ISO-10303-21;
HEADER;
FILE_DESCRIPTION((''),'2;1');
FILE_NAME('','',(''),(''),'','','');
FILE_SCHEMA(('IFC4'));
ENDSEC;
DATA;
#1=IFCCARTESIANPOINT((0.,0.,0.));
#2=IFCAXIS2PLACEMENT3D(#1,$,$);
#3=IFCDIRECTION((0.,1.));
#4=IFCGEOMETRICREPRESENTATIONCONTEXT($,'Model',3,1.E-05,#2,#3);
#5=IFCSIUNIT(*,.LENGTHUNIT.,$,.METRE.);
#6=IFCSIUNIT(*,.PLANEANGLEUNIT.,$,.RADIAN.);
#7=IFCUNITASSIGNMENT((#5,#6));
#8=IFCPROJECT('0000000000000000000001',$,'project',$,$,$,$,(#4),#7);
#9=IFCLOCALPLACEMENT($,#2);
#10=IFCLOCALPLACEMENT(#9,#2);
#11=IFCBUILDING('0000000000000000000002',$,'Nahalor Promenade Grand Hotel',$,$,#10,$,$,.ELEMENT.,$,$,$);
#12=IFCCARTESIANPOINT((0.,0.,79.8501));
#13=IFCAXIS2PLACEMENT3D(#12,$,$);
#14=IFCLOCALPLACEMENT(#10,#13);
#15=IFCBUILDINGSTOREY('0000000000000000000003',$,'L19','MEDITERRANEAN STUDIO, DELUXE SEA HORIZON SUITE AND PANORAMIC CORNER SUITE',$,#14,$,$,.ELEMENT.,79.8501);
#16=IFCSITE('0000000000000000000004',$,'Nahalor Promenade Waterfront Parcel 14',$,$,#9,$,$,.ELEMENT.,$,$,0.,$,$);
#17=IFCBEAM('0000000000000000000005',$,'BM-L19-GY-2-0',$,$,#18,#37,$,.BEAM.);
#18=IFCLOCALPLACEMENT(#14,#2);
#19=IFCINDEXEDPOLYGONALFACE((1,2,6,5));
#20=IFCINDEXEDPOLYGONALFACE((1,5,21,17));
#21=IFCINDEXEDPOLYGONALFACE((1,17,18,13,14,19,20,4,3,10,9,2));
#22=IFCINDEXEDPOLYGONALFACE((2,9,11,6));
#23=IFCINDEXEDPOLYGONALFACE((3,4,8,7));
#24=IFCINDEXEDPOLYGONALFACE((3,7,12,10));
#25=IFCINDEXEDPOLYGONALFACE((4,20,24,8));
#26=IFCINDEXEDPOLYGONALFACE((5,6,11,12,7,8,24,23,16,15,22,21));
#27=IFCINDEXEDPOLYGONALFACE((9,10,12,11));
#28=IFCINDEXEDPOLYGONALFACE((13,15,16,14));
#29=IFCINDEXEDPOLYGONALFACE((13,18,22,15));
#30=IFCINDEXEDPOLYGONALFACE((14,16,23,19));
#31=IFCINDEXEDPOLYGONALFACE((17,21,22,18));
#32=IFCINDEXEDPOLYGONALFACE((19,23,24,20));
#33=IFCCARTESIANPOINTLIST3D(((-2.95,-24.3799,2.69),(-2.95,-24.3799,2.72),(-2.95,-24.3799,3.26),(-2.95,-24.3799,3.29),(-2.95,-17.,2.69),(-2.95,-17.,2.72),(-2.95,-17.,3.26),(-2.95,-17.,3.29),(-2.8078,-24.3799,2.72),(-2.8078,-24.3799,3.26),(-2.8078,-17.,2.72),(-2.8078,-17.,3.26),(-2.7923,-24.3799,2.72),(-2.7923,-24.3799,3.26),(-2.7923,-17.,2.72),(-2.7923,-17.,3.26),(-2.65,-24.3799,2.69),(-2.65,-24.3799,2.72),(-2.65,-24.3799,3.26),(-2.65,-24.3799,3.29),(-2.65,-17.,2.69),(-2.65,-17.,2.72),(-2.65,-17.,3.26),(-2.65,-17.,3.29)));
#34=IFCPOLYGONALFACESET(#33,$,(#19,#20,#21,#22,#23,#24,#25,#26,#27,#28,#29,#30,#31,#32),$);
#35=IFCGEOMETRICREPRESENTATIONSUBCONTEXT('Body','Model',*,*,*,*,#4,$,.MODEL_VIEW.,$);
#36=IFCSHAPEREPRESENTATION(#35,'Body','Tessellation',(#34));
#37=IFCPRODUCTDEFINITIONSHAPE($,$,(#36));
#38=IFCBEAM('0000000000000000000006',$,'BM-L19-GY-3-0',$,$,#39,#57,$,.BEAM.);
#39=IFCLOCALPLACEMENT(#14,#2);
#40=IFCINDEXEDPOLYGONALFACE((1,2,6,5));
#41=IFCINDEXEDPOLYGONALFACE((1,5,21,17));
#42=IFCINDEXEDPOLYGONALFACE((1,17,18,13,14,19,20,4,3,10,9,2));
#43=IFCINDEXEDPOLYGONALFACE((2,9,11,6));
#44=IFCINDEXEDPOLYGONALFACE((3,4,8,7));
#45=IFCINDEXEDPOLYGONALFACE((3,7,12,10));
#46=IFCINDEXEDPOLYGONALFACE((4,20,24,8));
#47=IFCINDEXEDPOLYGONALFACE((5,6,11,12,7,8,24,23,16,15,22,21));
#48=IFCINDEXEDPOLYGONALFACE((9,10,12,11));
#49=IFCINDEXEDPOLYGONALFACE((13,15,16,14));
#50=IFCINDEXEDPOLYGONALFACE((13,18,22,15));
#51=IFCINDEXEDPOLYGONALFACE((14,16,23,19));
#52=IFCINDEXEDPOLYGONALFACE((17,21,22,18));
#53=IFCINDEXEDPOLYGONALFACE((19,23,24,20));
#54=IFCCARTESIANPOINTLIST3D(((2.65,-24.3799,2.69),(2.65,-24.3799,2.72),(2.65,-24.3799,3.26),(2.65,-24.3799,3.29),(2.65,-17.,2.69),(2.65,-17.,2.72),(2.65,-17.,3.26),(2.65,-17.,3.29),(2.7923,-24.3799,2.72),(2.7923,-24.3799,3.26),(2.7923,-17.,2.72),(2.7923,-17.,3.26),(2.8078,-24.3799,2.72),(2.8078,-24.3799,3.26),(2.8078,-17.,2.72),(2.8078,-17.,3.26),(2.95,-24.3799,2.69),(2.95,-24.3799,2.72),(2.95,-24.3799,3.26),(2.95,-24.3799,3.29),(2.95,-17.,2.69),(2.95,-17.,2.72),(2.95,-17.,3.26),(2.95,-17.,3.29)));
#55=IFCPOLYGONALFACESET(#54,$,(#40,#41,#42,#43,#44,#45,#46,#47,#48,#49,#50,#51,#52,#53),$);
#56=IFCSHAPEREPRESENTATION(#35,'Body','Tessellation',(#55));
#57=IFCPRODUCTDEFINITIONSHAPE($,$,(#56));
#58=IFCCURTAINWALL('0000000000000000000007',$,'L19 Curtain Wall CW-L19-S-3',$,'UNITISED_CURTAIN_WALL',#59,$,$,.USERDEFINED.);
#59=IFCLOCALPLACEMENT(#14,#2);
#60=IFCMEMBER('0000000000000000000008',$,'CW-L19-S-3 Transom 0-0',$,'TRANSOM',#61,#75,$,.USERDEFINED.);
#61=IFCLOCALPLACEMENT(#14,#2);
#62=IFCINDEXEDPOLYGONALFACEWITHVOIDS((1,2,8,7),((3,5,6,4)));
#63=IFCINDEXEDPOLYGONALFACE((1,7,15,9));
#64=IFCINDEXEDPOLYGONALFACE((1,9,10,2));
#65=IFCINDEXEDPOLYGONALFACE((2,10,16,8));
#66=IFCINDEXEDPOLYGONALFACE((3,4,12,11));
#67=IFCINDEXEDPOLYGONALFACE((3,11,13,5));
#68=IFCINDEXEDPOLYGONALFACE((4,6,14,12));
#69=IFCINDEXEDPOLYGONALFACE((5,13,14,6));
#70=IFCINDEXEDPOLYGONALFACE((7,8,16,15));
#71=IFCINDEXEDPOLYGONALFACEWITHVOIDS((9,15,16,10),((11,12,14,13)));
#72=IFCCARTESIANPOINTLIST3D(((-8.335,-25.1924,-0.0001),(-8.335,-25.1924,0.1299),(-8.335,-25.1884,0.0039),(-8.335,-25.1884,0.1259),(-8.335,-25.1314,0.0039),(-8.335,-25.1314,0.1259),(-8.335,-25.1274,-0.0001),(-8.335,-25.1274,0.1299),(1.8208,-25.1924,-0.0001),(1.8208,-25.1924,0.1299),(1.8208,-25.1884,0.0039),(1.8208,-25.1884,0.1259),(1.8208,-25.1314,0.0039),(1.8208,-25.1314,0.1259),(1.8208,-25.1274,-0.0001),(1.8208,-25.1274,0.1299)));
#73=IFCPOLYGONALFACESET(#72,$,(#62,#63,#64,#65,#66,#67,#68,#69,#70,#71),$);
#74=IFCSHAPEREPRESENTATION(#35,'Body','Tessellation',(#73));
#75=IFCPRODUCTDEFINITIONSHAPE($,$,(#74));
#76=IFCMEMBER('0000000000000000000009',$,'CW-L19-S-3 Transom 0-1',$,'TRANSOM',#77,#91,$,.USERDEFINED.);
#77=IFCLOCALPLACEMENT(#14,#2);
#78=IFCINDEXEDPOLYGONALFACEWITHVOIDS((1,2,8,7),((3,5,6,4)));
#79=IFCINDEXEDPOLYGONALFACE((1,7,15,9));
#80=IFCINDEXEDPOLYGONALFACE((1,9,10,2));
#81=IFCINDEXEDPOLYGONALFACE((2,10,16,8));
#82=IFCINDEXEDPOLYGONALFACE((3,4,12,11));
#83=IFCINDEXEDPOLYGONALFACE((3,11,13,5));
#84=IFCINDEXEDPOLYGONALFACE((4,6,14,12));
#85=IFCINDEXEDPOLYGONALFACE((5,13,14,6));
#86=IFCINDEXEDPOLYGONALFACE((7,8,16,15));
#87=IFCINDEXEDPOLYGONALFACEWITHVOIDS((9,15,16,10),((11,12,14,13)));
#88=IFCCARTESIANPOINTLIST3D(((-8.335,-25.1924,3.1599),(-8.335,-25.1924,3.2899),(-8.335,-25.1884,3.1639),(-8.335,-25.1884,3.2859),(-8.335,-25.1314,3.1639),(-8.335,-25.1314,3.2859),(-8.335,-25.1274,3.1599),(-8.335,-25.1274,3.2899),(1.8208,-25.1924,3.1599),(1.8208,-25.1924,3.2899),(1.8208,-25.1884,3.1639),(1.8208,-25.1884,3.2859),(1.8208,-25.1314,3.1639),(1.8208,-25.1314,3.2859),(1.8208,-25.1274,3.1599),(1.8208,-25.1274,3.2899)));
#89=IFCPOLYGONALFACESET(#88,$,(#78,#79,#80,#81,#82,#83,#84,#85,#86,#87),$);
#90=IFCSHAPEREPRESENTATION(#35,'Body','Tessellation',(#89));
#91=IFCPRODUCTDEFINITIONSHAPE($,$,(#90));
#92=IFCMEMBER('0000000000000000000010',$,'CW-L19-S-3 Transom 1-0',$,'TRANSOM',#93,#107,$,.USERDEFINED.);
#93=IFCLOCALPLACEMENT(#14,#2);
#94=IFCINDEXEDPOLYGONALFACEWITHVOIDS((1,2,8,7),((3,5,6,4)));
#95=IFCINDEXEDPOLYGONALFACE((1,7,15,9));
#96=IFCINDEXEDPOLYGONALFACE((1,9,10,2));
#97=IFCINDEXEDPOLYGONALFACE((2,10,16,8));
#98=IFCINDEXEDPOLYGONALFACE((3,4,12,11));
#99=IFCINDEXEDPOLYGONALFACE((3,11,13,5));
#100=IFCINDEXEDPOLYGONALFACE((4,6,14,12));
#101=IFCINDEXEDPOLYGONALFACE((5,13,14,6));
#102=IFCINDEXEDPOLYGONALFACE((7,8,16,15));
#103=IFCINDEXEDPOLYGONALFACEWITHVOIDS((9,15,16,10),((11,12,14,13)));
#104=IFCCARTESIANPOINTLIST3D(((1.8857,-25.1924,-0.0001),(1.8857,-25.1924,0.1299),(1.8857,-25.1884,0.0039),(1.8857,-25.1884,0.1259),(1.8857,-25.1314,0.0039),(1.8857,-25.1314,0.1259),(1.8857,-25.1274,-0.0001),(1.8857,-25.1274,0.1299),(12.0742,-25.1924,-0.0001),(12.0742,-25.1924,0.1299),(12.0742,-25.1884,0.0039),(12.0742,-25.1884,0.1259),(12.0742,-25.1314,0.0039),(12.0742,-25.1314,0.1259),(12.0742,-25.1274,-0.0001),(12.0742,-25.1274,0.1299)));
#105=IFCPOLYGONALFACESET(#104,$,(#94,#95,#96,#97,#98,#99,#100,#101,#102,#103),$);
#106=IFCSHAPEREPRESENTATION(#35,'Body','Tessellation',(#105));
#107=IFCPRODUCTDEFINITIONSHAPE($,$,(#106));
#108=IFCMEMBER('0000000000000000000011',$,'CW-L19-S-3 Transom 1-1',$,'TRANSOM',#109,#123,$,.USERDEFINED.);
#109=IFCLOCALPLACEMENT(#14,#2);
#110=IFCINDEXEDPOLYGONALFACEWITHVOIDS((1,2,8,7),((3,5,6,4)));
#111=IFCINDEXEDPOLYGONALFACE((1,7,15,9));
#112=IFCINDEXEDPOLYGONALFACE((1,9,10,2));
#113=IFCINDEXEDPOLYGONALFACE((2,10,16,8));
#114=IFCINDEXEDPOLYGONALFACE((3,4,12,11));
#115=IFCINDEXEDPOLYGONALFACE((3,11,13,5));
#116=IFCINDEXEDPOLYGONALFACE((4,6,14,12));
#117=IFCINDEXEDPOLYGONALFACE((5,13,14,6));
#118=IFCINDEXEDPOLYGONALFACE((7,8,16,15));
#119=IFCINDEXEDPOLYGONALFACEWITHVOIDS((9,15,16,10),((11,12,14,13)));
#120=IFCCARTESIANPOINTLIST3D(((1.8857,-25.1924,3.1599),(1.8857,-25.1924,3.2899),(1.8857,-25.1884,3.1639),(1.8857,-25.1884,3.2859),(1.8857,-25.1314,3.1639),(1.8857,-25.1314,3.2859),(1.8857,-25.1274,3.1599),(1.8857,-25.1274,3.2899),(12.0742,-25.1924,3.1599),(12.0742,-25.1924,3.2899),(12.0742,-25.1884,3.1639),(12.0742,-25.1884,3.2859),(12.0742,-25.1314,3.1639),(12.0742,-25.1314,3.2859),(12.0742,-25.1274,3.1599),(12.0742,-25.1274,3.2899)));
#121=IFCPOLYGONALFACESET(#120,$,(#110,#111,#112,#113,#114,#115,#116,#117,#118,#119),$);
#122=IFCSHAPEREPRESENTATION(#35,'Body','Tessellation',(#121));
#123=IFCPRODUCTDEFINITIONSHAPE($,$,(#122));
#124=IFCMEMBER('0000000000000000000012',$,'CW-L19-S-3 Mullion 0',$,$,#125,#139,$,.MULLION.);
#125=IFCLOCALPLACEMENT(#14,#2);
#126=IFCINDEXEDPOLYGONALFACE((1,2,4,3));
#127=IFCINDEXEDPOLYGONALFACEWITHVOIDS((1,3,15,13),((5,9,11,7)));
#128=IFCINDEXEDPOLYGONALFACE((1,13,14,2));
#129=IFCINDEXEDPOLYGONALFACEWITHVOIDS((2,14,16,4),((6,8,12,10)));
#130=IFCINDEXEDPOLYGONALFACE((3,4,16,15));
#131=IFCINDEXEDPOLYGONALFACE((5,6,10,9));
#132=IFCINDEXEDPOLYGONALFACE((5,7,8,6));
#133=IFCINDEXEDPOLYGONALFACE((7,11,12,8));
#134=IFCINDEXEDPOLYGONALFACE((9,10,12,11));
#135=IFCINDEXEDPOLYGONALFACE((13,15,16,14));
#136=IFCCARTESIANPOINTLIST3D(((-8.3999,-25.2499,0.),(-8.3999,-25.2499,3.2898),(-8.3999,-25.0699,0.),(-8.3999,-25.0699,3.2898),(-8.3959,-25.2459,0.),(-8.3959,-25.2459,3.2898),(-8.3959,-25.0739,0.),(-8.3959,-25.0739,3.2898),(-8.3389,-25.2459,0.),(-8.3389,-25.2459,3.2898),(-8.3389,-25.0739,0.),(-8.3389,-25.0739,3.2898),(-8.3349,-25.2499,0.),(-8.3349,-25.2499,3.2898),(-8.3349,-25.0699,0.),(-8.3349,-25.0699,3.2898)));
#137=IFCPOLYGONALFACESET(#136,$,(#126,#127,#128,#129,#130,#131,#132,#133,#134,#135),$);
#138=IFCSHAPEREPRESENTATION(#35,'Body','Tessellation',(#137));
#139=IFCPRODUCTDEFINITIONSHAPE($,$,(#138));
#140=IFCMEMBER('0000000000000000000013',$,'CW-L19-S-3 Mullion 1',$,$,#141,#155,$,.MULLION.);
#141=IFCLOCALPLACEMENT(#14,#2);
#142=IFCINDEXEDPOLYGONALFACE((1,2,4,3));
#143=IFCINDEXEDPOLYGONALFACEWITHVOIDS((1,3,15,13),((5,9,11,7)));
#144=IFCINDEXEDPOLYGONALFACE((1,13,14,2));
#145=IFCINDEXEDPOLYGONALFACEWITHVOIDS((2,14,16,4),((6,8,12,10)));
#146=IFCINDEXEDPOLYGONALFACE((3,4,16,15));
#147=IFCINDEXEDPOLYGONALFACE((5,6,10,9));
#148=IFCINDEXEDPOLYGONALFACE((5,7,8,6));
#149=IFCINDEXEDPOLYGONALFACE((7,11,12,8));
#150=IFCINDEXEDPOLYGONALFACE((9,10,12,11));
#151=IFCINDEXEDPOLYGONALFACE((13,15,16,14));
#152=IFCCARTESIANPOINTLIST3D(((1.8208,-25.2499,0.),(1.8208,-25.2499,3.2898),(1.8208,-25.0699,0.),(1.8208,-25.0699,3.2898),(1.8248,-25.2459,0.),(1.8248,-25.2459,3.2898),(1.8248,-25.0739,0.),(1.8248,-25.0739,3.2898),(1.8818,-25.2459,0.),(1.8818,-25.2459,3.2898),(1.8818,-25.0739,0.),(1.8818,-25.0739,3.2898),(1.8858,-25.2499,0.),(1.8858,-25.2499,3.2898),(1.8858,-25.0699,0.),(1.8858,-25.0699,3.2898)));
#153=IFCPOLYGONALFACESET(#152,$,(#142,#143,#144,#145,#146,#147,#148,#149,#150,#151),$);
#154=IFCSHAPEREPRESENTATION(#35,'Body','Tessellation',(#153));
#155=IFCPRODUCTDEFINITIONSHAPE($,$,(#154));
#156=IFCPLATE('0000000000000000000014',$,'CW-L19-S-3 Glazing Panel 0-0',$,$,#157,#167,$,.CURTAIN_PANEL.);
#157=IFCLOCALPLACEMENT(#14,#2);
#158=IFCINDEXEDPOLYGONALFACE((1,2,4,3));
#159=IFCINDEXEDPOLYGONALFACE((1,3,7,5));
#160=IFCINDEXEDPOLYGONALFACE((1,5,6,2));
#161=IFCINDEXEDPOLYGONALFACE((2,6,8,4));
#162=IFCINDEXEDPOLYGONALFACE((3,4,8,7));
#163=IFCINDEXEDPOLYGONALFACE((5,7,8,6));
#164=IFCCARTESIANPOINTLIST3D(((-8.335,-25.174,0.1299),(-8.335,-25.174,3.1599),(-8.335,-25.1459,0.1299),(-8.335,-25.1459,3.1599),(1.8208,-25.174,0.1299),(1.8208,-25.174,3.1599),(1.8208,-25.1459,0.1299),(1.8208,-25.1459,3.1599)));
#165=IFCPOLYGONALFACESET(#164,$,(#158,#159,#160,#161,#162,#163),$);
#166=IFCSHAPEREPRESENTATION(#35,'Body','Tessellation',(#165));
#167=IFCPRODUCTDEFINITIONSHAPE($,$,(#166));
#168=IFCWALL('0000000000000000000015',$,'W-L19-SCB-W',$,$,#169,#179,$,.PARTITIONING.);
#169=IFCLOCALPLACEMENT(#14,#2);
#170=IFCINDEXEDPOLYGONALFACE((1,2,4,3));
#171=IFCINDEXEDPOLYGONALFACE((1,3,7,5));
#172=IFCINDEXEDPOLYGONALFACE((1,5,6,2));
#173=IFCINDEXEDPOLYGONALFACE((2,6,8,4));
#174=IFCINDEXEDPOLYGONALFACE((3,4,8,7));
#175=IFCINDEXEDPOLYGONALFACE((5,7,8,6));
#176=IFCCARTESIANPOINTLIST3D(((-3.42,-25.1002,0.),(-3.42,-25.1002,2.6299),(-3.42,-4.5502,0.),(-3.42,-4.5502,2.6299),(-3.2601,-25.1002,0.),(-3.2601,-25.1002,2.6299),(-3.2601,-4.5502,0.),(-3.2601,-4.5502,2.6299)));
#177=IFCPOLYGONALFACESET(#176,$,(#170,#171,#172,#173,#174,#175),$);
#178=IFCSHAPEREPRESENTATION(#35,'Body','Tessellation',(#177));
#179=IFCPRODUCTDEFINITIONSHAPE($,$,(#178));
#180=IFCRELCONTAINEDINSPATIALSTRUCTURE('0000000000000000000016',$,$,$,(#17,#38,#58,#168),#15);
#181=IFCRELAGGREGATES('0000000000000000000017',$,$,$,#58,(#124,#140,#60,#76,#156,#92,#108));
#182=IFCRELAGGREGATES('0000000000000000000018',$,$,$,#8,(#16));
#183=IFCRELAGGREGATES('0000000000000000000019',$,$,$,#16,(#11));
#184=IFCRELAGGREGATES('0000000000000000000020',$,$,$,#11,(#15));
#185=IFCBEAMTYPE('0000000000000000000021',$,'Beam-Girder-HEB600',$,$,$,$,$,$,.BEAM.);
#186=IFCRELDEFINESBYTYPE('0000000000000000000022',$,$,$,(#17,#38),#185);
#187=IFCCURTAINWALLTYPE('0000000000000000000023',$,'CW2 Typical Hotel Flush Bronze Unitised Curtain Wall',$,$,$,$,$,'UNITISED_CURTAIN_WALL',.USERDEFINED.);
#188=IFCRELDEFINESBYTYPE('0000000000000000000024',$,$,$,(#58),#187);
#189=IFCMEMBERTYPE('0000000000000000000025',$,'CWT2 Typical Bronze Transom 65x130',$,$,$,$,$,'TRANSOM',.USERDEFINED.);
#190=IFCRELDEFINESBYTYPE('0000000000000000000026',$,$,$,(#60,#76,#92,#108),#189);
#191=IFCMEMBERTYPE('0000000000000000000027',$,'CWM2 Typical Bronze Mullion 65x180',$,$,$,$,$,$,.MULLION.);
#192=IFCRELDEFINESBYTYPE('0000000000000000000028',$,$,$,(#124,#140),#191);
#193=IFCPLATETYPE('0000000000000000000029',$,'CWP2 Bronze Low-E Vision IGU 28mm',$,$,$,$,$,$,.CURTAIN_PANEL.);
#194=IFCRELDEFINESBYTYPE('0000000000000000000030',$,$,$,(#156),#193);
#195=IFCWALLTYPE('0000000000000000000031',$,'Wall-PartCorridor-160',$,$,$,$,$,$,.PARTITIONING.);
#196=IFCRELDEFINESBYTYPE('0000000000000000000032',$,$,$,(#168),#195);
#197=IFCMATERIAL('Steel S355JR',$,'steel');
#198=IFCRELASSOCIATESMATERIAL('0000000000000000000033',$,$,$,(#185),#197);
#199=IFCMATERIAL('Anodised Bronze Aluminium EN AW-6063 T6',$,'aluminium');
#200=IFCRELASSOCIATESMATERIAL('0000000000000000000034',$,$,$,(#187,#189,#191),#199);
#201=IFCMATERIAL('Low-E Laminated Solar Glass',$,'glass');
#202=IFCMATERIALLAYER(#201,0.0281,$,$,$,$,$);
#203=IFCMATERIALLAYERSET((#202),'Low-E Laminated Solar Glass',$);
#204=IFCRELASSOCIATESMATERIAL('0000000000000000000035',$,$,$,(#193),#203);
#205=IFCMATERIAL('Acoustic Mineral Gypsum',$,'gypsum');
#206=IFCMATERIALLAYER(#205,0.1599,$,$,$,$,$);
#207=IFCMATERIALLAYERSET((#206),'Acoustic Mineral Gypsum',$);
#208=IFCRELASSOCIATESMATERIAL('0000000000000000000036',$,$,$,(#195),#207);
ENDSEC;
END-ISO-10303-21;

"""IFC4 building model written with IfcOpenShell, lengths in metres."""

from ifc_helpers import new_model, si_unit, direction, frame, frame_2d, origin, origin_2d, place, context, subcontext, project, spatial, rectangle, hollow_rectangle, i_section, extrude, source, transform, mapped, material, layer, layer_set, material_profile, profile_set, type_object, element, aggregate, save


model = new_model("IFC4")

# Units and contexts
model_context = context("Model", 3, precision=1e-05, world=origin(), true_north=direction((0.0, 1.0)))
body_context = subcontext(model_context, "Body", "Model", "MODEL_VIEW")
ifc_project = project(units=[si_unit("LENGTHUNIT", "METRE"), si_unit("PLANEANGLEUNIT", "RADIAN")], contexts=[model_context])

# Site, building, storey
site_placement = place(None, origin())
site = spatial("IfcSite", under=ifc_project, at=site_placement, Name="Nahalor Promenade Waterfront Parcel 14", CompositionType="ELEMENT", RefElevation=0.0)
building_placement = place(site_placement, origin())
building = spatial("IfcBuilding", under=site, at=building_placement, Name="Nahalor Promenade Grand Hotel", CompositionType="ELEMENT")
storey_placement = place(building_placement, frame((0.0, 0.0, 79.8501)))
storey = spatial("IfcBuildingStorey", under=building, at=storey_placement, Name="L19", Description="MEDITERRANEAN STUDIO, DELUXE SEA HORIZON SUITE AND PANORAMIC CORNER SUITE", CompositionType="ELEMENT", Elevation=79.8501)

# Beams
ifc_material_1 = material(Name="Steel S355JR", Category="steel")
ifc_material_profile_1 = material_profile(ifc_material_1, i_section(OverallWidth=0.3, OverallDepth=0.6, WebThickness=0.0155, FlangeThickness=0.03, at=origin_2d()), Name="HEB 600")
ifc_profile_set_1 = profile_set([ifc_material_profile_1], Name="Steel S355JR")
beam_type_1 = type_object("IfcBeamType", Name="Beam-Girder-HEB600", PredefinedType="BEAM", material=ifc_profile_set_1)
shared_shape_1 = source(origin(), body_context, "Body", "SweptSolid", [
    extrude(i_section(OverallWidth=0.3, OverallDepth=0.6, WebThickness=0.0155, FlangeThickness=0.03, at=origin_2d()), origin(), (0.0, 0.0, 1.0), 7.3799),
])
for number, where, z_axis, x_axis, name in (
    (1, (-2.8, -24.3799, 2.99), (0.0, 1.0, 0.0), (-1.0, 0.0, 0.0), "BM-L19-GY-2-0"),
    (2, (2.8, -24.3799, 2.99), (0.0, 1.0, 0.0), (-1.0, 0.0, 0.0), "BM-L19-GY-3-0"),
):
    element("IfcBeam", number, at=place(storey_placement, frame(where, z_axis=z_axis, x_axis=x_axis)), inside=storey, type_object=beam_type_1, Name=name, PredefinedType="BEAM", context=body_context, shape_type="MappedRepresentation", body=[
        mapped(shared_shape_1, transform((0.0, 0.0, 0.0), scale=1.0)),
    ])

# Curtain wall, members, plate
ifc_material_2 = material(Name="Anodised Bronze Aluminium EN AW-6063 T6", Category="aluminium")
curtain_wall_type = type_object("IfcCurtainWallType", Name="CW2 Typical Hotel Flush Bronze Unitised Curtain Wall", ElementType="UNITISED_CURTAIN_WALL", PredefinedType="USERDEFINED", material=ifc_material_2)
curtain_wall_placement = place(storey_placement, origin())
curtain_wall = element("IfcCurtainWall", 3, at=curtain_wall_placement, inside=storey, type_object=curtain_wall_type, Name="L19 Curtain Wall CW-L19-S-3", ObjectType="UNITISED_CURTAIN_WALL", PredefinedType="USERDEFINED")
ifc_material_profile_2 = material_profile(ifc_material_2, hollow_rectangle(XDim=0.065, YDim=0.13, WallThickness=0.004, at=origin_2d()), Name="CWT 65x130x4")
ifc_profile_set_2 = profile_set([ifc_material_profile_2], Name="Anodised Bronze Aluminium EN AW-6063 T6")
member_type_1 = type_object("IfcMemberType", Name="CWT2 Typical Bronze Transom 65x130", ElementType="TRANSOM", PredefinedType="USERDEFINED", material=ifc_profile_set_2)
shared_shape_2 = source(origin(), body_context, "Body", "SweptSolid", [
    extrude(hollow_rectangle(XDim=0.065, YDim=0.13, WallThickness=0.004, at=origin_2d()), origin(), (0.0, 0.0, 1.0), 10.1558),
])
member_1_placement = place(storey_placement, frame((-8.335, -25.1599, 0.0649), z_axis=(1.0, 0.0, 0.0), x_axis=(0.0, 1.0, 0.0)))
member_1 = element("IfcMember", 4, at=member_1_placement, type_object=member_type_1, Name="CW-L19-S-3 Transom 0-0", ObjectType="TRANSOM", PredefinedType="USERDEFINED", context=body_context, shape_type="MappedRepresentation", body=[
    mapped(shared_shape_2, transform((0.0, 0.0, 0.0), scale=1.0)),
])
member_2_placement = place(storey_placement, frame((-8.335, -25.1599, 3.2249), z_axis=(1.0, 0.0, 0.0), x_axis=(0.0, 1.0, 0.0)))
member_2 = element("IfcMember", 5, at=member_2_placement, type_object=member_type_1, Name="CW-L19-S-3 Transom 0-1", ObjectType="TRANSOM", PredefinedType="USERDEFINED", context=body_context, shape_type="MappedRepresentation", body=[
    mapped(shared_shape_2, transform((0.0, 0.0, 0.0), scale=1.0)),
])
shared_shape_3 = source(origin(), body_context, "Body", "SweptSolid", [
    extrude(hollow_rectangle(XDim=0.065, YDim=0.13, WallThickness=0.004, at=origin_2d()), origin(), (0.0, 0.0, 1.0), 10.1885),
])
member_3_placement = place(storey_placement, frame((1.8857, -25.1599, 0.0649), z_axis=(1.0, 0.0, 0.0), x_axis=(0.0, 1.0, 0.0)))
member_3 = element("IfcMember", 6, at=member_3_placement, type_object=member_type_1, Name="CW-L19-S-3 Transom 1-0", ObjectType="TRANSOM", PredefinedType="USERDEFINED", context=body_context, shape_type="MappedRepresentation", body=[
    mapped(shared_shape_3, transform((0.0, 0.0, 0.0), scale=1.0)),
])
member_4_placement = place(storey_placement, frame((1.8857, -25.1599, 3.2249), z_axis=(1.0, 0.0, 0.0), x_axis=(0.0, 1.0, 0.0)))
member_4 = element("IfcMember", 7, at=member_4_placement, type_object=member_type_1, Name="CW-L19-S-3 Transom 1-1", ObjectType="TRANSOM", PredefinedType="USERDEFINED", context=body_context, shape_type="MappedRepresentation", body=[
    mapped(shared_shape_3, transform((0.0, 0.0, 0.0), scale=1.0)),
])
ifc_material_profile_3 = material_profile(ifc_material_2, hollow_rectangle(XDim=0.065, YDim=0.18, WallThickness=0.004, at=origin_2d()), Name="CWM 65x180x4")
ifc_profile_set_3 = profile_set([ifc_material_profile_3], Name="Anodised Bronze Aluminium EN AW-6063 T6")
member_type_2 = type_object("IfcMemberType", Name="CWM2 Typical Bronze Mullion 65x180", PredefinedType="MULLION", material=ifc_profile_set_3)
shared_shape_4 = source(origin(), body_context, "Body", "SweptSolid", [
    extrude(hollow_rectangle(XDim=0.065, YDim=0.18, WallThickness=0.004, at=origin_2d()), origin(), (0.0, 0.0, 1.0), 3.2898),
])
member_5_placement = place(storey_placement, frame((-8.3674, -25.1599, 0.0), z_axis=(0.0, 0.0, 1.0), x_axis=(1.0, 0.0, 0.0)))
member_5 = element("IfcMember", 8, at=member_5_placement, type_object=member_type_2, Name="CW-L19-S-3 Mullion 0", PredefinedType="MULLION", context=body_context, shape_type="MappedRepresentation", body=[
    mapped(shared_shape_4, transform((0.0, 0.0, 0.0), scale=1.0)),
])
member_6_placement = place(storey_placement, frame((1.8533, -25.1599, 0.0), z_axis=(0.0, 0.0, 1.0), x_axis=(1.0, 0.0, 0.0)))
member_6 = element("IfcMember", 9, at=member_6_placement, type_object=member_type_2, Name="CW-L19-S-3 Mullion 1", PredefinedType="MULLION", context=body_context, shape_type="MappedRepresentation", body=[
    mapped(shared_shape_4, transform((0.0, 0.0, 0.0), scale=1.0)),
])
ifc_material_3 = material(Name="Low-E Laminated Solar Glass", Category="glass")
ifc_layer_1 = layer(ifc_material_3, 0.0281)
ifc_layer_set_1 = layer_set([ifc_layer_1], Name="Low-E Laminated Solar Glass")
plate_type = type_object("IfcPlateType", Name="CWP2 Bronze Low-E Vision IGU 28mm", PredefinedType="CURTAIN_PANEL", material=ifc_layer_set_1)
shared_shape_5 = source(origin(), body_context, "Body", "SweptSolid", [
    extrude(rectangle(XDim=10.1558, YDim=0.0281, at=origin_2d()), origin(), (0.0, 0.0, 1.0), 3.03),
])
plate_placement = place(storey_placement, frame((-3.2571, -25.1599, 0.1299), z_axis=(0.0, 0.0, 1.0), x_axis=(1.0, 0.0, 0.0)))
plate = element("IfcPlate", 10, at=plate_placement, type_object=plate_type, Name="CW-L19-S-3 Glazing Panel 0-0", PredefinedType="CURTAIN_PANEL", context=body_context, shape_type="MappedRepresentation", body=[
    mapped(shared_shape_5, transform((0.0, 0.0, 0.0), scale=1.0)),
])
aggregate(curtain_wall, [member_5, member_6, member_1, member_2, plate, member_3, member_4])

# Wall
ifc_material_4 = material(Name="Acoustic Mineral Gypsum", Category="gypsum")
ifc_layer_2 = layer(ifc_material_4, 0.1599)
ifc_layer_set_2 = layer_set([ifc_layer_2], Name="Acoustic Mineral Gypsum")
wall_type_1 = type_object("IfcWallType", Name="Wall-PartCorridor-160", PredefinedType="PARTITIONING", material=ifc_layer_set_2)
shared_shape_6 = source(origin(), body_context, "Body", "SweptSolid", [
    extrude(rectangle(XDim=20.55, YDim=0.1599, at=frame_2d((10.2749, 0.0))), origin(), (0.0, 0.0, 1.0), 2.6299),
])
wall_1_placement = place(storey_placement, frame((-3.3401, -25.1001, 0.0), z_axis=(0.0, 0.0, 1.0), x_axis=(0.0, 1.0, 0.0)))
element("IfcWall", 11, at=wall_1_placement, inside=storey, type_object=wall_type_1, Name="W-L19-SCB-W", PredefinedType="PARTITIONING", context=body_context, shape_type="MappedRepresentation", body=[
    mapped(shared_shape_6, transform((0.0, 0.0, 0.0), scale=1.0)),
])

save(model, "model.ifc")
